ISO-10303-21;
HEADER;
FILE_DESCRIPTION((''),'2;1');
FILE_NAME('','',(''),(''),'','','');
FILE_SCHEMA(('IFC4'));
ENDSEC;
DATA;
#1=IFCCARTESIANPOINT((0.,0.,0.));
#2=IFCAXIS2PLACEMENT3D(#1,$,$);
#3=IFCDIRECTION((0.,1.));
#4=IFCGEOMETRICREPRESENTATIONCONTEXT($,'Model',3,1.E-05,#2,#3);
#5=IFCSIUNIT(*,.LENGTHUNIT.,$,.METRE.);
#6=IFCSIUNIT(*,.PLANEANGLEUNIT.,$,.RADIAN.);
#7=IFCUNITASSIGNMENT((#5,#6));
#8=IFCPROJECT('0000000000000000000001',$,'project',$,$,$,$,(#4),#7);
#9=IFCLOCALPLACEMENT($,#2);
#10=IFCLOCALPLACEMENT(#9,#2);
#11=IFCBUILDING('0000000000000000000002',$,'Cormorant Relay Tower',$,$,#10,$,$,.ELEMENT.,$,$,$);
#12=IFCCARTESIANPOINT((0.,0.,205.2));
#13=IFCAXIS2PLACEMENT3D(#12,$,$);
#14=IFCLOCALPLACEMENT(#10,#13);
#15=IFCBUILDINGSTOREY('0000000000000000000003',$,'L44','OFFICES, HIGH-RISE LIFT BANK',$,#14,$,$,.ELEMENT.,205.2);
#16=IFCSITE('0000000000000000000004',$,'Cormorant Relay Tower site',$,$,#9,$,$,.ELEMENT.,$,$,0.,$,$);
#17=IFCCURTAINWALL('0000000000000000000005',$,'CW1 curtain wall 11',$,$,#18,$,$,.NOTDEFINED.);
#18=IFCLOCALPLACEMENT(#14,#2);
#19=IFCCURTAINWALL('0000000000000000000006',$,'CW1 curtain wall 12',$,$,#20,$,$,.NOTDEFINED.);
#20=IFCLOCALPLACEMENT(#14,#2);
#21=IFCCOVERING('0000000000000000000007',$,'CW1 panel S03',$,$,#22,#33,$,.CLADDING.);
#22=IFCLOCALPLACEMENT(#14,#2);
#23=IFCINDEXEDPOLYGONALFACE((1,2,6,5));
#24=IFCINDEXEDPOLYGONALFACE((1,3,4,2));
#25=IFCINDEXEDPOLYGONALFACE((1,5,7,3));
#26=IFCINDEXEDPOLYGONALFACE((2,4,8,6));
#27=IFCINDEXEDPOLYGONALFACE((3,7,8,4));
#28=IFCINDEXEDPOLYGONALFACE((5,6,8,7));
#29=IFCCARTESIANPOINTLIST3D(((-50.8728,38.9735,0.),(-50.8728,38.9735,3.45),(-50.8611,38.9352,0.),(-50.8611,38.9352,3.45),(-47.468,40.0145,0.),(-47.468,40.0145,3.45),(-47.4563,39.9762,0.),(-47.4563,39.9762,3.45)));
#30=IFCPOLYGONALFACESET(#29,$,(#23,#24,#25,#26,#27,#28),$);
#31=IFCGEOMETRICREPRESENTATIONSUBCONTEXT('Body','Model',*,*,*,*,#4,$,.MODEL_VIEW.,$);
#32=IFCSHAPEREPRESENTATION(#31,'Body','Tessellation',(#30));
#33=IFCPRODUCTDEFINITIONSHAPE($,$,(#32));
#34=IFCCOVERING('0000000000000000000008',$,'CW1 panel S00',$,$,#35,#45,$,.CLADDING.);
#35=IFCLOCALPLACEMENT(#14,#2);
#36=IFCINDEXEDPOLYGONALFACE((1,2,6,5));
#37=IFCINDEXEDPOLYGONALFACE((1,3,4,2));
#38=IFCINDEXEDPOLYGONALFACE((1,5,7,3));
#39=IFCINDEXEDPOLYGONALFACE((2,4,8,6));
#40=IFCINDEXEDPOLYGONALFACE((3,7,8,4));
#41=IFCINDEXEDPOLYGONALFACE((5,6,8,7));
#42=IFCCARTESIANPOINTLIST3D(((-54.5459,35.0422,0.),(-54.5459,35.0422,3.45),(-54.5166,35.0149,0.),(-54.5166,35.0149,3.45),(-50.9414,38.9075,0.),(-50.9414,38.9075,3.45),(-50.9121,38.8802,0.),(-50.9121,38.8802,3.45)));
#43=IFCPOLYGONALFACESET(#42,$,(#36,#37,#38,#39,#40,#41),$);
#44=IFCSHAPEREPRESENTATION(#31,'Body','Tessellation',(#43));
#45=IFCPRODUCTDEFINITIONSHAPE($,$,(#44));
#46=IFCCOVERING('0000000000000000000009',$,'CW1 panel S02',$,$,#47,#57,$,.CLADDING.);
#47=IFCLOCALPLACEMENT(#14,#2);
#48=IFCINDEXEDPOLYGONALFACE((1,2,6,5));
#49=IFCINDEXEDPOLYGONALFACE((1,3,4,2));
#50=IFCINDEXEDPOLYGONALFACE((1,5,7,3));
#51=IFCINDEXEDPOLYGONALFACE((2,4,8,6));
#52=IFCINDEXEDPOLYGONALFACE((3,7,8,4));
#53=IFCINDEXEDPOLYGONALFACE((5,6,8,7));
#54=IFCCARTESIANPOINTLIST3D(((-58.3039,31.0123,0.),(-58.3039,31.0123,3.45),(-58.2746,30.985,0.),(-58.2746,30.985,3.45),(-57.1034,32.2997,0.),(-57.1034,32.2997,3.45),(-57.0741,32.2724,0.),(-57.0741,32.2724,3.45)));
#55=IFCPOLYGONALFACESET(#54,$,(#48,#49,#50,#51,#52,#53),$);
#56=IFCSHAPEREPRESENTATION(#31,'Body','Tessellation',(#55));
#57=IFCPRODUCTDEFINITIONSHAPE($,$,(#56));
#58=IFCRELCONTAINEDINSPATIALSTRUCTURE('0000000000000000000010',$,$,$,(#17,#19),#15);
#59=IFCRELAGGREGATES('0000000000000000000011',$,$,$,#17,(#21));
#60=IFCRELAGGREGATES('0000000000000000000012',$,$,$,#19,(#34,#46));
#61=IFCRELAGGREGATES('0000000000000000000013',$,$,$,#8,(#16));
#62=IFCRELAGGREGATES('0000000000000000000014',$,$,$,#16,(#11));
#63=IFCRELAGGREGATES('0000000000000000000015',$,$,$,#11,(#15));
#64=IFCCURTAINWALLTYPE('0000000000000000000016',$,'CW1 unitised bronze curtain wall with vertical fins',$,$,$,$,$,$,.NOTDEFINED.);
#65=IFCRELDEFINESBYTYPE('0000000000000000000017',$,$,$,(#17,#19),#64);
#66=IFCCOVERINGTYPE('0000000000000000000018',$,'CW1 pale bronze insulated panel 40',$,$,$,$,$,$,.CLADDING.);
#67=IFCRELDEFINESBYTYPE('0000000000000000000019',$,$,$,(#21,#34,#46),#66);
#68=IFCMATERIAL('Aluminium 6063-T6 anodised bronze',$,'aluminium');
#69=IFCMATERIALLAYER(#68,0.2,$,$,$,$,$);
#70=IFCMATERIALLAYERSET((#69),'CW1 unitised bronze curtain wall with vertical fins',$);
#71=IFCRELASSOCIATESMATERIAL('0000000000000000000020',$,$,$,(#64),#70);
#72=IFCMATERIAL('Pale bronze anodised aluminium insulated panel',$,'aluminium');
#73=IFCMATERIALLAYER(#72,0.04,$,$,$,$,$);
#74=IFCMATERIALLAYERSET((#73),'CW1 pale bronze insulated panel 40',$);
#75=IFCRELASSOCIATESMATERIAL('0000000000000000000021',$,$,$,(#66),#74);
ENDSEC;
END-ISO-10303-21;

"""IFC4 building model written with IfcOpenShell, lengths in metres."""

from ifc_helpers import new_model, si_unit, direction, frame, origin, origin_2d, place, context, subcontext, project, spatial, rectangle, extrude, material, layer, layer_set, type_object, element, aggregate, save


model = new_model("IFC4")

# Units and contexts
model_context = context("Model", 3, precision=1e-05, world=origin(), true_north=direction((0.0, 1.0)))
body_context = subcontext(model_context, "Body", "Model", "MODEL_VIEW")
ifc_project = project(units=[si_unit("LENGTHUNIT", "METRE"), si_unit("PLANEANGLEUNIT", "RADIAN")], contexts=[model_context])

# Site, building, storey
site_placement = place(None, origin())
site = spatial("IfcSite", under=ifc_project, at=site_placement, Name="Cormorant Relay Tower site", CompositionType="ELEMENT", RefElevation=0.0)
building_placement = place(site_placement, origin())
building = spatial("IfcBuilding", under=site, at=building_placement, Name="Cormorant Relay Tower", CompositionType="ELEMENT")
storey_placement = place(building_placement, frame((0.0, 0.0, 205.2)))
storey = spatial("IfcBuildingStorey", under=building, at=storey_placement, Name="L44", Description="OFFICES, HIGH-RISE LIFT BANK", CompositionType="ELEMENT", Elevation=205.2)

# Shared definitions
ifc_material_1 = material(Name="Aluminium 6063-T6 anodised bronze", Category="aluminium")
ifc_layer_1 = layer(ifc_material_1, 0.2)
ifc_layer_set_1 = layer_set([ifc_layer_1], Name="CW1 unitised bronze curtain wall with vertical fins")
curtain_wall_type = type_object("IfcCurtainWallType", Name="CW1 unitised bronze curtain wall with vertical fins", PredefinedType="NOTDEFINED", material=ifc_layer_set_1)

# Curtain walls
curtain_wall_1_placement = place(storey_placement, origin())
curtain_wall_1 = element("IfcCurtainWall", 1, at=curtain_wall_1_placement, inside=storey, type_object=curtain_wall_type, Name="CW1 curtain wall 11", PredefinedType="NOTDEFINED")
curtain_wall_2_placement = place(storey_placement, origin())
curtain_wall_2 = element("IfcCurtainWall", 2, at=curtain_wall_2_placement, inside=storey, type_object=curtain_wall_type, Name="CW1 curtain wall 12", PredefinedType="NOTDEFINED")

# Coverings
ifc_material_2 = material(Name="Pale bronze anodised aluminium insulated panel", Category="aluminium")
ifc_layer_2 = layer(ifc_material_2, 0.04)
ifc_layer_set_2 = layer_set([ifc_layer_2], Name="CW1 pale bronze insulated panel 40")
covering_type = type_object("IfcCoveringType", Name="CW1 pale bronze insulated panel 40", PredefinedType="CLADDING", material=ifc_layer_set_2)
covering_1_placement = place(storey_placement, frame((-49.1646, 39.4749, 0.0), z_axis=(0.0, 0.0, 1.0), x_axis=(-0.956305, -0.292372, 0.0)))
covering_1 = element("IfcCovering", 3, at=covering_1_placement, type_object=covering_type, Name="CW1 panel S03", PredefinedType="CLADDING", context=body_context, shape_type="SweptSolid", body=[
    extrude(rectangle(XDim=3.5603, YDim=0.04, at=origin_2d()), origin(), (0.0, 0.0, 1.0), 3.45),
])
aggregate(curtain_wall_1, [covering_1])
covering_2_placement = place(storey_placement, frame((-52.729, 36.9612, 0.0), z_axis=(0.0, 0.0, 1.0), x_axis=(-0.681998, -0.731354, 0.0)))
covering_2 = element("IfcCovering", 4, at=covering_2_placement, type_object=covering_type, Name="CW1 panel S00", PredefinedType="CLADDING", context=body_context, shape_type="SweptSolid", body=[
    extrude(rectangle(XDim=5.2852, YDim=0.04, at=origin_2d()), origin(), (0.0, 0.0, 1.0), 3.45),
])
covering_3_placement = place(storey_placement, frame((-57.689, 31.6423, 0.0), z_axis=(0.0, 0.0, 1.0), x_axis=(-0.681998, -0.731354, 0.0)))
covering_3 = element("IfcCovering", 5, at=covering_3_placement, type_object=covering_type, Name="CW1 panel S02", PredefinedType="CLADDING", context=body_context, shape_type="SweptSolid", body=[
    extrude(rectangle(XDim=1.7603, YDim=0.04, at=origin_2d()), origin(), (0.0, 0.0, 1.0), 3.45),
])
aggregate(curtain_wall_2, [covering_2, covering_3])

save(model, "model.ifc")
